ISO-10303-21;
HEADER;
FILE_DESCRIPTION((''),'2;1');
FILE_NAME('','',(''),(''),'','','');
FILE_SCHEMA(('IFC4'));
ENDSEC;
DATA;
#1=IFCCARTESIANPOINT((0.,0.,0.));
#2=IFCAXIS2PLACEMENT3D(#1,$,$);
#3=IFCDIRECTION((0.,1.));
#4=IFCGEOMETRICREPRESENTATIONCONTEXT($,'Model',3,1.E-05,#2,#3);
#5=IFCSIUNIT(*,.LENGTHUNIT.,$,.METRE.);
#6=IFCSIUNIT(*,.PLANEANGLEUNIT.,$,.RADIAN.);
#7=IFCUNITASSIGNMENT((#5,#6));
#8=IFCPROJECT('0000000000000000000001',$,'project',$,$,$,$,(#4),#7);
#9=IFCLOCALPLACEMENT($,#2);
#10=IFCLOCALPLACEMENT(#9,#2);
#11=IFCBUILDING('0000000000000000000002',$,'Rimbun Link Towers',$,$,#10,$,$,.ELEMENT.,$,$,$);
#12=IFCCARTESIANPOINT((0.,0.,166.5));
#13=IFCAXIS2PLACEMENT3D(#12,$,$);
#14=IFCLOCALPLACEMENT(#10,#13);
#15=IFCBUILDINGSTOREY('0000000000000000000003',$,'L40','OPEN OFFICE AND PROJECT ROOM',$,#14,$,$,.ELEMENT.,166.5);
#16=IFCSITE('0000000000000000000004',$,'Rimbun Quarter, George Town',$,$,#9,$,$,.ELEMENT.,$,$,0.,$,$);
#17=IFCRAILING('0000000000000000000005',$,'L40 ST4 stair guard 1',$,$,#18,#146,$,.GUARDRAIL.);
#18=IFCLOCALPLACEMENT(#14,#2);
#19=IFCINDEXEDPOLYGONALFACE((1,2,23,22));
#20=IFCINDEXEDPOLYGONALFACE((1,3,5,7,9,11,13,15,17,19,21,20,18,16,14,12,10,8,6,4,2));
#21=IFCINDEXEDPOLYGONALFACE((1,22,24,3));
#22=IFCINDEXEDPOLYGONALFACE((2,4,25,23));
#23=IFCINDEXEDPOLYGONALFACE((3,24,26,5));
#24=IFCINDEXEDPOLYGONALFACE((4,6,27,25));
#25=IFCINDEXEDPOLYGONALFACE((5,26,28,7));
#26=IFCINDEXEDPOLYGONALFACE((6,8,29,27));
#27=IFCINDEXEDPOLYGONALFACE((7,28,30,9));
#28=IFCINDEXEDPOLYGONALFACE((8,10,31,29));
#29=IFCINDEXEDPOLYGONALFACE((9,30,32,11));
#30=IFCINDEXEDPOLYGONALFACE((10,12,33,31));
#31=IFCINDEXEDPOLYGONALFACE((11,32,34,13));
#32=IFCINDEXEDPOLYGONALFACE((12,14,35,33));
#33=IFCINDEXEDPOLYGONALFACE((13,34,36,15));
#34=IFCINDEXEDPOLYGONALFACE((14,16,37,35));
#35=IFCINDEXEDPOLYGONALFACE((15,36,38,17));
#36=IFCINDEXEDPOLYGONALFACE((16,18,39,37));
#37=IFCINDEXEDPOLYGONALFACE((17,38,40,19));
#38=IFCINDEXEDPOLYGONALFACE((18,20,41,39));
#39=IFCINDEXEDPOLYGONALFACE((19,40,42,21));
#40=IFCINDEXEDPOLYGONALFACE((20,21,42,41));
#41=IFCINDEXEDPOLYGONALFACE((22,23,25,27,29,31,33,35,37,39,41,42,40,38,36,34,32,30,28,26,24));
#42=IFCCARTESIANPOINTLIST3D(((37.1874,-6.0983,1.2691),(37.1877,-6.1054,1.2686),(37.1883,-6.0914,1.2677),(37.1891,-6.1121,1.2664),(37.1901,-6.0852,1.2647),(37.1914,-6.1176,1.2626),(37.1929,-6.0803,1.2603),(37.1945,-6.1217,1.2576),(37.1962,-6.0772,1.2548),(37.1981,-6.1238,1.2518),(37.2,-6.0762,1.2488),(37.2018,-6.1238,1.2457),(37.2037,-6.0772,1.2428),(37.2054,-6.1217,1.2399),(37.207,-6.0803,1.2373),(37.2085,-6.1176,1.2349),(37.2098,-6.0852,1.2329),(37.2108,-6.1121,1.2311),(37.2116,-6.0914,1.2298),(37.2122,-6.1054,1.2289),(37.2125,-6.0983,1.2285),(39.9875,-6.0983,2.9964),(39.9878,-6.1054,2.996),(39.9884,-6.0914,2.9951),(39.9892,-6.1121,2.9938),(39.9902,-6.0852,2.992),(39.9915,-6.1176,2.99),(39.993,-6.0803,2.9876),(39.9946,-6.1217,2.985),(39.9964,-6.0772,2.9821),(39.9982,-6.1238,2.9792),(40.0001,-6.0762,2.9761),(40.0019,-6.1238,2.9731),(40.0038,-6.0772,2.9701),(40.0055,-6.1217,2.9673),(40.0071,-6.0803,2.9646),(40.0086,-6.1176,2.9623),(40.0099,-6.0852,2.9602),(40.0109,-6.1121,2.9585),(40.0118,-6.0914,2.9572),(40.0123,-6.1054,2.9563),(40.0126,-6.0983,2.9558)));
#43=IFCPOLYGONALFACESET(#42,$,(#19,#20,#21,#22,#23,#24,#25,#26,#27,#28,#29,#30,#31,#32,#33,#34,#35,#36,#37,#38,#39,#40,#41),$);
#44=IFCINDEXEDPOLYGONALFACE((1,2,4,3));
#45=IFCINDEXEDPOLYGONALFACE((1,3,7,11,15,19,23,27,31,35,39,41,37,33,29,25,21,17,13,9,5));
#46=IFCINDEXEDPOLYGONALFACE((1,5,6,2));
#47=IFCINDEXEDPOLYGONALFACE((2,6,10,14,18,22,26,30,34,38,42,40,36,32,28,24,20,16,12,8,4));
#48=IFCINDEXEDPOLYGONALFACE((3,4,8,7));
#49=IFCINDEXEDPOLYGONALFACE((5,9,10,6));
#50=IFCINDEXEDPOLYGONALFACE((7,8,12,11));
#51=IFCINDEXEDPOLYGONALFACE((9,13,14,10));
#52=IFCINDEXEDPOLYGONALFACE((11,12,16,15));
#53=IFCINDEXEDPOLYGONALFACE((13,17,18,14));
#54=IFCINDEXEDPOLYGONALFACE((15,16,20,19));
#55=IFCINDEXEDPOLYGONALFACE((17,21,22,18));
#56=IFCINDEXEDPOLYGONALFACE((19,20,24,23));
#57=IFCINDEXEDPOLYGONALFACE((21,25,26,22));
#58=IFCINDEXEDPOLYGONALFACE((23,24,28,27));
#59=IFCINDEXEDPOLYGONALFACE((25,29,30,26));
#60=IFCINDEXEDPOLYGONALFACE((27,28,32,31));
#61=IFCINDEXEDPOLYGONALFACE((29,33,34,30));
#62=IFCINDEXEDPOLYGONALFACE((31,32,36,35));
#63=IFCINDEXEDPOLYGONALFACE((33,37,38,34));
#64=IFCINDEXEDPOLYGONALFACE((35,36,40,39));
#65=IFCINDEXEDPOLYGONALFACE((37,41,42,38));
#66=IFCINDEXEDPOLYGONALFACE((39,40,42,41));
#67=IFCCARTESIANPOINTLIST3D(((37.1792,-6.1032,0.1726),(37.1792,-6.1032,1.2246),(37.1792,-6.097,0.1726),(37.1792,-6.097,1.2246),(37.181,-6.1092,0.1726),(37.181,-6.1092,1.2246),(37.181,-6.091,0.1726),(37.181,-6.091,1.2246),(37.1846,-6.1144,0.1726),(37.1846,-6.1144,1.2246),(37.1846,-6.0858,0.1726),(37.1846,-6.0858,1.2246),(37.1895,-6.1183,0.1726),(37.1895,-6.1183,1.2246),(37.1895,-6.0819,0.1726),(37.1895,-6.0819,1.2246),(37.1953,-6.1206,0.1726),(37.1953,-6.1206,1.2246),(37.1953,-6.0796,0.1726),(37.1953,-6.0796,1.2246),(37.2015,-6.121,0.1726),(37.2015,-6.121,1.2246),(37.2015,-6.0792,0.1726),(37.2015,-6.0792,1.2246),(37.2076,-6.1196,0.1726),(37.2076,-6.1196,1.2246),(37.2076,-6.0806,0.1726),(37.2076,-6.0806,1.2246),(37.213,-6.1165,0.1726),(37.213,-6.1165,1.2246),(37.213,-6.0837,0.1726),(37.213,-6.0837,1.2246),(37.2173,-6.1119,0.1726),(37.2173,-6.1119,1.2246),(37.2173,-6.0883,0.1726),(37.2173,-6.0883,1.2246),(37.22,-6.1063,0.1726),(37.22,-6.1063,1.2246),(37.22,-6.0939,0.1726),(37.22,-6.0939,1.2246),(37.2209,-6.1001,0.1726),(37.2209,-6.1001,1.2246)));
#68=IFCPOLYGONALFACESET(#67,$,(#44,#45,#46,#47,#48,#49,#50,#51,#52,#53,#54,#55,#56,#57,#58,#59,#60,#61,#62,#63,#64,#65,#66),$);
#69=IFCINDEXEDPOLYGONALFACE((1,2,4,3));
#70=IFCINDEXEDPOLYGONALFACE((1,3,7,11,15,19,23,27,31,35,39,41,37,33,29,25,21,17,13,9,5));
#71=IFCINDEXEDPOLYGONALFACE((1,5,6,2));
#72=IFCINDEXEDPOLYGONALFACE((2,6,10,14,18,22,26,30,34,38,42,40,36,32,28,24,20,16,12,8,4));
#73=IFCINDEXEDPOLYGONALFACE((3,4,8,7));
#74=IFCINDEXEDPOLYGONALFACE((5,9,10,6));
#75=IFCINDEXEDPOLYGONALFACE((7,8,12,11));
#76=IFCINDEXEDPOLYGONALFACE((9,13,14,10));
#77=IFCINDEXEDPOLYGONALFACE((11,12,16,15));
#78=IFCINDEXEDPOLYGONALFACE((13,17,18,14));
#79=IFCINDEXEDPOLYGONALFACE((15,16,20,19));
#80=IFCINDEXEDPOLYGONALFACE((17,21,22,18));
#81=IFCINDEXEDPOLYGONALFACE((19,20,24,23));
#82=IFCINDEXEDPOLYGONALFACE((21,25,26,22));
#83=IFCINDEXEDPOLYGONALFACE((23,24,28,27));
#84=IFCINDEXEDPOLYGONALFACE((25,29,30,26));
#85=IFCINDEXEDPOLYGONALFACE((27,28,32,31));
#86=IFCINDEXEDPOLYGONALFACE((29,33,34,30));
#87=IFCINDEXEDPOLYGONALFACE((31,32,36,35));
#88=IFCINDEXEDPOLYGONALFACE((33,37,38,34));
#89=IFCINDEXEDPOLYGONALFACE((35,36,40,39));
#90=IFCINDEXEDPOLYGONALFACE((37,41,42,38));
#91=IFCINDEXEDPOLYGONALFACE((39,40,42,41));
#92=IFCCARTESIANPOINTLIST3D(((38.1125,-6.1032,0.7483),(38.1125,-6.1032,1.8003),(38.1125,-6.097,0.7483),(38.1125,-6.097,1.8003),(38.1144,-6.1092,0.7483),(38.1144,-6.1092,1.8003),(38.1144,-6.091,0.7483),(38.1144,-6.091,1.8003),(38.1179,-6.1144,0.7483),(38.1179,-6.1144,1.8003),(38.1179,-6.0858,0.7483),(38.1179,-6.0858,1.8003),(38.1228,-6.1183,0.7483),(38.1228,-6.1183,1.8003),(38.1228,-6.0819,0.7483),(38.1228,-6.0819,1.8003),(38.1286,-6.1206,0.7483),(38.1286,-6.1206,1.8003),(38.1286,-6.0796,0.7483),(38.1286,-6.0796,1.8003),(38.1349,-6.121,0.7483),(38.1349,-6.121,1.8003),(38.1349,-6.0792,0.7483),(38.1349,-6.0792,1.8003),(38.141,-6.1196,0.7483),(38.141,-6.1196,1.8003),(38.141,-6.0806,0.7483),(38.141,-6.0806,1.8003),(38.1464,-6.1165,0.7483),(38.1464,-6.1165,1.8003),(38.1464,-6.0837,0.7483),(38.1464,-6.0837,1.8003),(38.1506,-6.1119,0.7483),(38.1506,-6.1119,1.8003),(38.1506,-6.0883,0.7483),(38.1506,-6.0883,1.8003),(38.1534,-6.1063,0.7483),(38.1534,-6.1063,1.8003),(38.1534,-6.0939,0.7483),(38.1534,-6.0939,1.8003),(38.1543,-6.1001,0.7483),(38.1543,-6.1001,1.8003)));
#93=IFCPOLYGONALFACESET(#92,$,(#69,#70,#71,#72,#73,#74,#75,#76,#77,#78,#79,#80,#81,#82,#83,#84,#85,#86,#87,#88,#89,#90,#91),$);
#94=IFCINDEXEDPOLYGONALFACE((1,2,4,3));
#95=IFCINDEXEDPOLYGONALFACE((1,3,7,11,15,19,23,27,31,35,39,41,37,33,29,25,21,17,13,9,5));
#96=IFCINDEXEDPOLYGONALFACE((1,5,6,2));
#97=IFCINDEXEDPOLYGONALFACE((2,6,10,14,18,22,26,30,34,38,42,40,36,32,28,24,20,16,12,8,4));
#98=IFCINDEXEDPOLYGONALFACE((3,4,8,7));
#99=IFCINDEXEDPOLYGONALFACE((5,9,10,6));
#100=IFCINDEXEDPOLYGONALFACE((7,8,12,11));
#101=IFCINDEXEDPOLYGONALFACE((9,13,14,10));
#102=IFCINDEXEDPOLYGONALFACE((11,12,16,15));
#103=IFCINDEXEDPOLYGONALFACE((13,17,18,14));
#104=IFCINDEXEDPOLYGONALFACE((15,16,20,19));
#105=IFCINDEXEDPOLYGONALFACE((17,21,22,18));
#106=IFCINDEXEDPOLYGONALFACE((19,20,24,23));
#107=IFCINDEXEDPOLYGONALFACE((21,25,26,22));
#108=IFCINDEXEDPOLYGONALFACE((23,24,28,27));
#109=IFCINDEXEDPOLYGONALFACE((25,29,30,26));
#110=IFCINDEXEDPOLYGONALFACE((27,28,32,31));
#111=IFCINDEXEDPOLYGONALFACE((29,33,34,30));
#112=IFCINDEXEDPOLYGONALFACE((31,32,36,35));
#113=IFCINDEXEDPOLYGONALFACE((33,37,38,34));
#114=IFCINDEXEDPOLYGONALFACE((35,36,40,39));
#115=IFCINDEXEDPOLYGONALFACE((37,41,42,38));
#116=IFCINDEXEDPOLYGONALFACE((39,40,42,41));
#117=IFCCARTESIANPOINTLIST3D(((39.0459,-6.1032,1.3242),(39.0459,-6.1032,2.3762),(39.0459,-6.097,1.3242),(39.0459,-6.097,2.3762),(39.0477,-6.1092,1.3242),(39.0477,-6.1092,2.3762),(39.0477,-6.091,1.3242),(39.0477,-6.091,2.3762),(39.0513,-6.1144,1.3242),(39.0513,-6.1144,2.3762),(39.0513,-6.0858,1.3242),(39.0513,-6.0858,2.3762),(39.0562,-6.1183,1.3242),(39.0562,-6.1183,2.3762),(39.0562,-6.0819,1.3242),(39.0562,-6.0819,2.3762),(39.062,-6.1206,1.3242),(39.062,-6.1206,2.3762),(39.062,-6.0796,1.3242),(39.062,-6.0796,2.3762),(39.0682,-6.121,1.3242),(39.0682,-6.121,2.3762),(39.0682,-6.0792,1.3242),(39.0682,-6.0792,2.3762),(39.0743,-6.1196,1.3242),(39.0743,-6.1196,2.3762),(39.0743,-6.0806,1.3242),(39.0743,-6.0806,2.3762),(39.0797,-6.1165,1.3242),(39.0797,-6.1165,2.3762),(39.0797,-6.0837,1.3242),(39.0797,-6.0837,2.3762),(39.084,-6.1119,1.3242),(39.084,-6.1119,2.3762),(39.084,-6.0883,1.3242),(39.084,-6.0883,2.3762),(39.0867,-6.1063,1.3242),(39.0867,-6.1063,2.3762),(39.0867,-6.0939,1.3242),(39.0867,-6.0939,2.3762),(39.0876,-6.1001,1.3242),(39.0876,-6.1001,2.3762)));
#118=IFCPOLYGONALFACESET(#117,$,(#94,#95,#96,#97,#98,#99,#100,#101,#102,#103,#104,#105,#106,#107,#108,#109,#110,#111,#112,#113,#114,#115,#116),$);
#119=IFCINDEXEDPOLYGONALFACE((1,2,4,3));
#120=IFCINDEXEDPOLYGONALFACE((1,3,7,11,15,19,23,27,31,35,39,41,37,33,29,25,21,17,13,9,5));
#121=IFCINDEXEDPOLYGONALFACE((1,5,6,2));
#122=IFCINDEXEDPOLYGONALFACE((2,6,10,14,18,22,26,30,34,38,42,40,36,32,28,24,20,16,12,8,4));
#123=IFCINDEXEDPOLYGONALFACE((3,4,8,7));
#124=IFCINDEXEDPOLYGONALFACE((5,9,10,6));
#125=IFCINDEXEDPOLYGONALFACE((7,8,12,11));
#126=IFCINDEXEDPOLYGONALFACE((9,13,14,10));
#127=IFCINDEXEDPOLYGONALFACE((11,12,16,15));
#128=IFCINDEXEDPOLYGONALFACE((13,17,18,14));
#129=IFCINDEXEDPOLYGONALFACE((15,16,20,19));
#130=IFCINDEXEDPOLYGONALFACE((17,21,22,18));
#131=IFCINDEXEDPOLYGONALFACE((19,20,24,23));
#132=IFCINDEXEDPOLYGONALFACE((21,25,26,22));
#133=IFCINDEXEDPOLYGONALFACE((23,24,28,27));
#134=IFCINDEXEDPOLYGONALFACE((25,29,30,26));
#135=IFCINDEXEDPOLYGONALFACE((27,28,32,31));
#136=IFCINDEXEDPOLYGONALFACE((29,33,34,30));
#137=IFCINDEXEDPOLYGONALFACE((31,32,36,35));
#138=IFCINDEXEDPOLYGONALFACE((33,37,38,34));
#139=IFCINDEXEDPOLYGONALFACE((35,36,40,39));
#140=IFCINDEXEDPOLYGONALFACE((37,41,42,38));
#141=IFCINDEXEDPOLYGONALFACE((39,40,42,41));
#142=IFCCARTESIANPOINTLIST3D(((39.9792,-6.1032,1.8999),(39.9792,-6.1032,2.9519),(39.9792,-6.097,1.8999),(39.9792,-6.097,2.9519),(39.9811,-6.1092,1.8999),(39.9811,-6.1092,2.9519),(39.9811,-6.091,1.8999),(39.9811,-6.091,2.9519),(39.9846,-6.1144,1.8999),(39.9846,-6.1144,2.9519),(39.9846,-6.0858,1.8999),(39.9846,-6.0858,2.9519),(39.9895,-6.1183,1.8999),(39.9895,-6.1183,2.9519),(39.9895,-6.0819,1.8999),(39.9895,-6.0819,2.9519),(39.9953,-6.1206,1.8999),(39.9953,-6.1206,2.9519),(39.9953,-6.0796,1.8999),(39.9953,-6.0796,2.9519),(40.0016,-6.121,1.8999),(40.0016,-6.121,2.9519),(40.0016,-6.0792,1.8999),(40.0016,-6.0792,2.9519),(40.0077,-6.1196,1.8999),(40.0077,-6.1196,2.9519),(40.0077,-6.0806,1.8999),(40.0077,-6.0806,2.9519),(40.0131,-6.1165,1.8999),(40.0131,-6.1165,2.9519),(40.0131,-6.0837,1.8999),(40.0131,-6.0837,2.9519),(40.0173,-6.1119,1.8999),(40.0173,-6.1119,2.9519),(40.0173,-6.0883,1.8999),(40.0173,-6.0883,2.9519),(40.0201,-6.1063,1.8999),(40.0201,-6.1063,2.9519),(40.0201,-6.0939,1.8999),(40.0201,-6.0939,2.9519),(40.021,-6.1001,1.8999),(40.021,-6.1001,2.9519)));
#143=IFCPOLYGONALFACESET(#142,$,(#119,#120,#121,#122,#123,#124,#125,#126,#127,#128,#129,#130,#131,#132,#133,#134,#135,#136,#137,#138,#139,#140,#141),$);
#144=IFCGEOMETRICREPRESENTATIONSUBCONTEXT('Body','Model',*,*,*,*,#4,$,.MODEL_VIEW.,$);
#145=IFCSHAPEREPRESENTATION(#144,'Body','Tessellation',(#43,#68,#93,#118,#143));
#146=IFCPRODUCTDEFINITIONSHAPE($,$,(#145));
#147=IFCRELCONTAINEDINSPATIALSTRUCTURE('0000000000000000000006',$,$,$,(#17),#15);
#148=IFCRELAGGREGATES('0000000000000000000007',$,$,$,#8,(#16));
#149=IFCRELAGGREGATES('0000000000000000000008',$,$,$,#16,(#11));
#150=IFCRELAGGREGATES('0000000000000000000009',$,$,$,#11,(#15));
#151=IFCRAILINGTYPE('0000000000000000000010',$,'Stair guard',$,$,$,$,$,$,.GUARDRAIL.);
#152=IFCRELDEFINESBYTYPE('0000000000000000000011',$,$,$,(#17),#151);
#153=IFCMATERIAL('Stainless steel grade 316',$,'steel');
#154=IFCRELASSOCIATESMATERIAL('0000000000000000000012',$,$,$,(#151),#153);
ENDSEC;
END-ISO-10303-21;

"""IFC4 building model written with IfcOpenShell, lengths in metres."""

from ifc_helpers import new_model, si_unit, direction, frame, origin, origin_2d, place, context, subcontext, project, spatial, circle, extrude, material, type_object, element, save


model = new_model("IFC4")

# Units and contexts
model_context = context("Model", 3, precision=1e-05, world=origin(), true_north=direction((0.0, 1.0)))
body_context = subcontext(model_context, "Body", "Model", "MODEL_VIEW")
ifc_project = project(units=[si_unit("LENGTHUNIT", "METRE"), si_unit("PLANEANGLEUNIT", "RADIAN")], contexts=[model_context])

# Site, building, storey
site_placement = place(None, origin())
site = spatial("IfcSite", under=ifc_project, at=site_placement, Name="Rimbun Quarter, George Town", CompositionType="ELEMENT", RefElevation=0.0)
building_placement = place(site_placement, origin())
building = spatial("IfcBuilding", under=site, at=building_placement, Name="Rimbun Link Towers", CompositionType="ELEMENT")
storey_placement = place(building_placement, frame((0.0, 0.0, 166.5)))
storey = spatial("IfcBuildingStorey", under=building, at=storey_placement, Name="L40", Description="OPEN OFFICE AND PROJECT ROOM", CompositionType="ELEMENT", Elevation=166.5)

# Railing
ifc_material_1 = material(Name="Stainless steel grade 316", Category="steel")
railing_type_1 = type_object("IfcRailingType", Name="Stair guard", PredefinedType="GUARDRAIL", material=ifc_material_1)
railing_1_placement = place(storey_placement, frame((37.2, -6.1001, 0.1726)))
element("IfcRailing", 1, at=railing_1_placement, inside=storey, type_object=railing_type_1, Name="L40 ST4 stair guard 1", PredefinedType="GUARDRAIL", context=body_context, shape_type="SweptSolid", body=[
    extrude(circle(Radius=0.0239, at=origin_2d()), frame((0.0, 0.0, 1.0762), z_axis=(0.85109, 0.0, 0.52502), x_axis=(0.0, 1.0, 0.0)), (0.0, 0.0, 1.0), 3.29),
    extrude(circle(Radius=0.021, at=origin_2d()), origin(), (0.0, 0.0, 1.0), 1.052),
    extrude(circle(Radius=0.021, at=origin_2d()), frame((0.9333, 0.0, 0.5757)), (0.0, 0.0, 1.0), 1.052),
    extrude(circle(Radius=0.021, at=origin_2d()), frame((1.8667, 0.0, 1.1516)), (0.0, 0.0, 1.0), 1.052),
    extrude(circle(Radius=0.021, at=origin_2d()), frame((2.8, 0.0, 1.7273)), (0.0, 0.0, 1.0), 1.052),
])

save(model, "model.ifc")
